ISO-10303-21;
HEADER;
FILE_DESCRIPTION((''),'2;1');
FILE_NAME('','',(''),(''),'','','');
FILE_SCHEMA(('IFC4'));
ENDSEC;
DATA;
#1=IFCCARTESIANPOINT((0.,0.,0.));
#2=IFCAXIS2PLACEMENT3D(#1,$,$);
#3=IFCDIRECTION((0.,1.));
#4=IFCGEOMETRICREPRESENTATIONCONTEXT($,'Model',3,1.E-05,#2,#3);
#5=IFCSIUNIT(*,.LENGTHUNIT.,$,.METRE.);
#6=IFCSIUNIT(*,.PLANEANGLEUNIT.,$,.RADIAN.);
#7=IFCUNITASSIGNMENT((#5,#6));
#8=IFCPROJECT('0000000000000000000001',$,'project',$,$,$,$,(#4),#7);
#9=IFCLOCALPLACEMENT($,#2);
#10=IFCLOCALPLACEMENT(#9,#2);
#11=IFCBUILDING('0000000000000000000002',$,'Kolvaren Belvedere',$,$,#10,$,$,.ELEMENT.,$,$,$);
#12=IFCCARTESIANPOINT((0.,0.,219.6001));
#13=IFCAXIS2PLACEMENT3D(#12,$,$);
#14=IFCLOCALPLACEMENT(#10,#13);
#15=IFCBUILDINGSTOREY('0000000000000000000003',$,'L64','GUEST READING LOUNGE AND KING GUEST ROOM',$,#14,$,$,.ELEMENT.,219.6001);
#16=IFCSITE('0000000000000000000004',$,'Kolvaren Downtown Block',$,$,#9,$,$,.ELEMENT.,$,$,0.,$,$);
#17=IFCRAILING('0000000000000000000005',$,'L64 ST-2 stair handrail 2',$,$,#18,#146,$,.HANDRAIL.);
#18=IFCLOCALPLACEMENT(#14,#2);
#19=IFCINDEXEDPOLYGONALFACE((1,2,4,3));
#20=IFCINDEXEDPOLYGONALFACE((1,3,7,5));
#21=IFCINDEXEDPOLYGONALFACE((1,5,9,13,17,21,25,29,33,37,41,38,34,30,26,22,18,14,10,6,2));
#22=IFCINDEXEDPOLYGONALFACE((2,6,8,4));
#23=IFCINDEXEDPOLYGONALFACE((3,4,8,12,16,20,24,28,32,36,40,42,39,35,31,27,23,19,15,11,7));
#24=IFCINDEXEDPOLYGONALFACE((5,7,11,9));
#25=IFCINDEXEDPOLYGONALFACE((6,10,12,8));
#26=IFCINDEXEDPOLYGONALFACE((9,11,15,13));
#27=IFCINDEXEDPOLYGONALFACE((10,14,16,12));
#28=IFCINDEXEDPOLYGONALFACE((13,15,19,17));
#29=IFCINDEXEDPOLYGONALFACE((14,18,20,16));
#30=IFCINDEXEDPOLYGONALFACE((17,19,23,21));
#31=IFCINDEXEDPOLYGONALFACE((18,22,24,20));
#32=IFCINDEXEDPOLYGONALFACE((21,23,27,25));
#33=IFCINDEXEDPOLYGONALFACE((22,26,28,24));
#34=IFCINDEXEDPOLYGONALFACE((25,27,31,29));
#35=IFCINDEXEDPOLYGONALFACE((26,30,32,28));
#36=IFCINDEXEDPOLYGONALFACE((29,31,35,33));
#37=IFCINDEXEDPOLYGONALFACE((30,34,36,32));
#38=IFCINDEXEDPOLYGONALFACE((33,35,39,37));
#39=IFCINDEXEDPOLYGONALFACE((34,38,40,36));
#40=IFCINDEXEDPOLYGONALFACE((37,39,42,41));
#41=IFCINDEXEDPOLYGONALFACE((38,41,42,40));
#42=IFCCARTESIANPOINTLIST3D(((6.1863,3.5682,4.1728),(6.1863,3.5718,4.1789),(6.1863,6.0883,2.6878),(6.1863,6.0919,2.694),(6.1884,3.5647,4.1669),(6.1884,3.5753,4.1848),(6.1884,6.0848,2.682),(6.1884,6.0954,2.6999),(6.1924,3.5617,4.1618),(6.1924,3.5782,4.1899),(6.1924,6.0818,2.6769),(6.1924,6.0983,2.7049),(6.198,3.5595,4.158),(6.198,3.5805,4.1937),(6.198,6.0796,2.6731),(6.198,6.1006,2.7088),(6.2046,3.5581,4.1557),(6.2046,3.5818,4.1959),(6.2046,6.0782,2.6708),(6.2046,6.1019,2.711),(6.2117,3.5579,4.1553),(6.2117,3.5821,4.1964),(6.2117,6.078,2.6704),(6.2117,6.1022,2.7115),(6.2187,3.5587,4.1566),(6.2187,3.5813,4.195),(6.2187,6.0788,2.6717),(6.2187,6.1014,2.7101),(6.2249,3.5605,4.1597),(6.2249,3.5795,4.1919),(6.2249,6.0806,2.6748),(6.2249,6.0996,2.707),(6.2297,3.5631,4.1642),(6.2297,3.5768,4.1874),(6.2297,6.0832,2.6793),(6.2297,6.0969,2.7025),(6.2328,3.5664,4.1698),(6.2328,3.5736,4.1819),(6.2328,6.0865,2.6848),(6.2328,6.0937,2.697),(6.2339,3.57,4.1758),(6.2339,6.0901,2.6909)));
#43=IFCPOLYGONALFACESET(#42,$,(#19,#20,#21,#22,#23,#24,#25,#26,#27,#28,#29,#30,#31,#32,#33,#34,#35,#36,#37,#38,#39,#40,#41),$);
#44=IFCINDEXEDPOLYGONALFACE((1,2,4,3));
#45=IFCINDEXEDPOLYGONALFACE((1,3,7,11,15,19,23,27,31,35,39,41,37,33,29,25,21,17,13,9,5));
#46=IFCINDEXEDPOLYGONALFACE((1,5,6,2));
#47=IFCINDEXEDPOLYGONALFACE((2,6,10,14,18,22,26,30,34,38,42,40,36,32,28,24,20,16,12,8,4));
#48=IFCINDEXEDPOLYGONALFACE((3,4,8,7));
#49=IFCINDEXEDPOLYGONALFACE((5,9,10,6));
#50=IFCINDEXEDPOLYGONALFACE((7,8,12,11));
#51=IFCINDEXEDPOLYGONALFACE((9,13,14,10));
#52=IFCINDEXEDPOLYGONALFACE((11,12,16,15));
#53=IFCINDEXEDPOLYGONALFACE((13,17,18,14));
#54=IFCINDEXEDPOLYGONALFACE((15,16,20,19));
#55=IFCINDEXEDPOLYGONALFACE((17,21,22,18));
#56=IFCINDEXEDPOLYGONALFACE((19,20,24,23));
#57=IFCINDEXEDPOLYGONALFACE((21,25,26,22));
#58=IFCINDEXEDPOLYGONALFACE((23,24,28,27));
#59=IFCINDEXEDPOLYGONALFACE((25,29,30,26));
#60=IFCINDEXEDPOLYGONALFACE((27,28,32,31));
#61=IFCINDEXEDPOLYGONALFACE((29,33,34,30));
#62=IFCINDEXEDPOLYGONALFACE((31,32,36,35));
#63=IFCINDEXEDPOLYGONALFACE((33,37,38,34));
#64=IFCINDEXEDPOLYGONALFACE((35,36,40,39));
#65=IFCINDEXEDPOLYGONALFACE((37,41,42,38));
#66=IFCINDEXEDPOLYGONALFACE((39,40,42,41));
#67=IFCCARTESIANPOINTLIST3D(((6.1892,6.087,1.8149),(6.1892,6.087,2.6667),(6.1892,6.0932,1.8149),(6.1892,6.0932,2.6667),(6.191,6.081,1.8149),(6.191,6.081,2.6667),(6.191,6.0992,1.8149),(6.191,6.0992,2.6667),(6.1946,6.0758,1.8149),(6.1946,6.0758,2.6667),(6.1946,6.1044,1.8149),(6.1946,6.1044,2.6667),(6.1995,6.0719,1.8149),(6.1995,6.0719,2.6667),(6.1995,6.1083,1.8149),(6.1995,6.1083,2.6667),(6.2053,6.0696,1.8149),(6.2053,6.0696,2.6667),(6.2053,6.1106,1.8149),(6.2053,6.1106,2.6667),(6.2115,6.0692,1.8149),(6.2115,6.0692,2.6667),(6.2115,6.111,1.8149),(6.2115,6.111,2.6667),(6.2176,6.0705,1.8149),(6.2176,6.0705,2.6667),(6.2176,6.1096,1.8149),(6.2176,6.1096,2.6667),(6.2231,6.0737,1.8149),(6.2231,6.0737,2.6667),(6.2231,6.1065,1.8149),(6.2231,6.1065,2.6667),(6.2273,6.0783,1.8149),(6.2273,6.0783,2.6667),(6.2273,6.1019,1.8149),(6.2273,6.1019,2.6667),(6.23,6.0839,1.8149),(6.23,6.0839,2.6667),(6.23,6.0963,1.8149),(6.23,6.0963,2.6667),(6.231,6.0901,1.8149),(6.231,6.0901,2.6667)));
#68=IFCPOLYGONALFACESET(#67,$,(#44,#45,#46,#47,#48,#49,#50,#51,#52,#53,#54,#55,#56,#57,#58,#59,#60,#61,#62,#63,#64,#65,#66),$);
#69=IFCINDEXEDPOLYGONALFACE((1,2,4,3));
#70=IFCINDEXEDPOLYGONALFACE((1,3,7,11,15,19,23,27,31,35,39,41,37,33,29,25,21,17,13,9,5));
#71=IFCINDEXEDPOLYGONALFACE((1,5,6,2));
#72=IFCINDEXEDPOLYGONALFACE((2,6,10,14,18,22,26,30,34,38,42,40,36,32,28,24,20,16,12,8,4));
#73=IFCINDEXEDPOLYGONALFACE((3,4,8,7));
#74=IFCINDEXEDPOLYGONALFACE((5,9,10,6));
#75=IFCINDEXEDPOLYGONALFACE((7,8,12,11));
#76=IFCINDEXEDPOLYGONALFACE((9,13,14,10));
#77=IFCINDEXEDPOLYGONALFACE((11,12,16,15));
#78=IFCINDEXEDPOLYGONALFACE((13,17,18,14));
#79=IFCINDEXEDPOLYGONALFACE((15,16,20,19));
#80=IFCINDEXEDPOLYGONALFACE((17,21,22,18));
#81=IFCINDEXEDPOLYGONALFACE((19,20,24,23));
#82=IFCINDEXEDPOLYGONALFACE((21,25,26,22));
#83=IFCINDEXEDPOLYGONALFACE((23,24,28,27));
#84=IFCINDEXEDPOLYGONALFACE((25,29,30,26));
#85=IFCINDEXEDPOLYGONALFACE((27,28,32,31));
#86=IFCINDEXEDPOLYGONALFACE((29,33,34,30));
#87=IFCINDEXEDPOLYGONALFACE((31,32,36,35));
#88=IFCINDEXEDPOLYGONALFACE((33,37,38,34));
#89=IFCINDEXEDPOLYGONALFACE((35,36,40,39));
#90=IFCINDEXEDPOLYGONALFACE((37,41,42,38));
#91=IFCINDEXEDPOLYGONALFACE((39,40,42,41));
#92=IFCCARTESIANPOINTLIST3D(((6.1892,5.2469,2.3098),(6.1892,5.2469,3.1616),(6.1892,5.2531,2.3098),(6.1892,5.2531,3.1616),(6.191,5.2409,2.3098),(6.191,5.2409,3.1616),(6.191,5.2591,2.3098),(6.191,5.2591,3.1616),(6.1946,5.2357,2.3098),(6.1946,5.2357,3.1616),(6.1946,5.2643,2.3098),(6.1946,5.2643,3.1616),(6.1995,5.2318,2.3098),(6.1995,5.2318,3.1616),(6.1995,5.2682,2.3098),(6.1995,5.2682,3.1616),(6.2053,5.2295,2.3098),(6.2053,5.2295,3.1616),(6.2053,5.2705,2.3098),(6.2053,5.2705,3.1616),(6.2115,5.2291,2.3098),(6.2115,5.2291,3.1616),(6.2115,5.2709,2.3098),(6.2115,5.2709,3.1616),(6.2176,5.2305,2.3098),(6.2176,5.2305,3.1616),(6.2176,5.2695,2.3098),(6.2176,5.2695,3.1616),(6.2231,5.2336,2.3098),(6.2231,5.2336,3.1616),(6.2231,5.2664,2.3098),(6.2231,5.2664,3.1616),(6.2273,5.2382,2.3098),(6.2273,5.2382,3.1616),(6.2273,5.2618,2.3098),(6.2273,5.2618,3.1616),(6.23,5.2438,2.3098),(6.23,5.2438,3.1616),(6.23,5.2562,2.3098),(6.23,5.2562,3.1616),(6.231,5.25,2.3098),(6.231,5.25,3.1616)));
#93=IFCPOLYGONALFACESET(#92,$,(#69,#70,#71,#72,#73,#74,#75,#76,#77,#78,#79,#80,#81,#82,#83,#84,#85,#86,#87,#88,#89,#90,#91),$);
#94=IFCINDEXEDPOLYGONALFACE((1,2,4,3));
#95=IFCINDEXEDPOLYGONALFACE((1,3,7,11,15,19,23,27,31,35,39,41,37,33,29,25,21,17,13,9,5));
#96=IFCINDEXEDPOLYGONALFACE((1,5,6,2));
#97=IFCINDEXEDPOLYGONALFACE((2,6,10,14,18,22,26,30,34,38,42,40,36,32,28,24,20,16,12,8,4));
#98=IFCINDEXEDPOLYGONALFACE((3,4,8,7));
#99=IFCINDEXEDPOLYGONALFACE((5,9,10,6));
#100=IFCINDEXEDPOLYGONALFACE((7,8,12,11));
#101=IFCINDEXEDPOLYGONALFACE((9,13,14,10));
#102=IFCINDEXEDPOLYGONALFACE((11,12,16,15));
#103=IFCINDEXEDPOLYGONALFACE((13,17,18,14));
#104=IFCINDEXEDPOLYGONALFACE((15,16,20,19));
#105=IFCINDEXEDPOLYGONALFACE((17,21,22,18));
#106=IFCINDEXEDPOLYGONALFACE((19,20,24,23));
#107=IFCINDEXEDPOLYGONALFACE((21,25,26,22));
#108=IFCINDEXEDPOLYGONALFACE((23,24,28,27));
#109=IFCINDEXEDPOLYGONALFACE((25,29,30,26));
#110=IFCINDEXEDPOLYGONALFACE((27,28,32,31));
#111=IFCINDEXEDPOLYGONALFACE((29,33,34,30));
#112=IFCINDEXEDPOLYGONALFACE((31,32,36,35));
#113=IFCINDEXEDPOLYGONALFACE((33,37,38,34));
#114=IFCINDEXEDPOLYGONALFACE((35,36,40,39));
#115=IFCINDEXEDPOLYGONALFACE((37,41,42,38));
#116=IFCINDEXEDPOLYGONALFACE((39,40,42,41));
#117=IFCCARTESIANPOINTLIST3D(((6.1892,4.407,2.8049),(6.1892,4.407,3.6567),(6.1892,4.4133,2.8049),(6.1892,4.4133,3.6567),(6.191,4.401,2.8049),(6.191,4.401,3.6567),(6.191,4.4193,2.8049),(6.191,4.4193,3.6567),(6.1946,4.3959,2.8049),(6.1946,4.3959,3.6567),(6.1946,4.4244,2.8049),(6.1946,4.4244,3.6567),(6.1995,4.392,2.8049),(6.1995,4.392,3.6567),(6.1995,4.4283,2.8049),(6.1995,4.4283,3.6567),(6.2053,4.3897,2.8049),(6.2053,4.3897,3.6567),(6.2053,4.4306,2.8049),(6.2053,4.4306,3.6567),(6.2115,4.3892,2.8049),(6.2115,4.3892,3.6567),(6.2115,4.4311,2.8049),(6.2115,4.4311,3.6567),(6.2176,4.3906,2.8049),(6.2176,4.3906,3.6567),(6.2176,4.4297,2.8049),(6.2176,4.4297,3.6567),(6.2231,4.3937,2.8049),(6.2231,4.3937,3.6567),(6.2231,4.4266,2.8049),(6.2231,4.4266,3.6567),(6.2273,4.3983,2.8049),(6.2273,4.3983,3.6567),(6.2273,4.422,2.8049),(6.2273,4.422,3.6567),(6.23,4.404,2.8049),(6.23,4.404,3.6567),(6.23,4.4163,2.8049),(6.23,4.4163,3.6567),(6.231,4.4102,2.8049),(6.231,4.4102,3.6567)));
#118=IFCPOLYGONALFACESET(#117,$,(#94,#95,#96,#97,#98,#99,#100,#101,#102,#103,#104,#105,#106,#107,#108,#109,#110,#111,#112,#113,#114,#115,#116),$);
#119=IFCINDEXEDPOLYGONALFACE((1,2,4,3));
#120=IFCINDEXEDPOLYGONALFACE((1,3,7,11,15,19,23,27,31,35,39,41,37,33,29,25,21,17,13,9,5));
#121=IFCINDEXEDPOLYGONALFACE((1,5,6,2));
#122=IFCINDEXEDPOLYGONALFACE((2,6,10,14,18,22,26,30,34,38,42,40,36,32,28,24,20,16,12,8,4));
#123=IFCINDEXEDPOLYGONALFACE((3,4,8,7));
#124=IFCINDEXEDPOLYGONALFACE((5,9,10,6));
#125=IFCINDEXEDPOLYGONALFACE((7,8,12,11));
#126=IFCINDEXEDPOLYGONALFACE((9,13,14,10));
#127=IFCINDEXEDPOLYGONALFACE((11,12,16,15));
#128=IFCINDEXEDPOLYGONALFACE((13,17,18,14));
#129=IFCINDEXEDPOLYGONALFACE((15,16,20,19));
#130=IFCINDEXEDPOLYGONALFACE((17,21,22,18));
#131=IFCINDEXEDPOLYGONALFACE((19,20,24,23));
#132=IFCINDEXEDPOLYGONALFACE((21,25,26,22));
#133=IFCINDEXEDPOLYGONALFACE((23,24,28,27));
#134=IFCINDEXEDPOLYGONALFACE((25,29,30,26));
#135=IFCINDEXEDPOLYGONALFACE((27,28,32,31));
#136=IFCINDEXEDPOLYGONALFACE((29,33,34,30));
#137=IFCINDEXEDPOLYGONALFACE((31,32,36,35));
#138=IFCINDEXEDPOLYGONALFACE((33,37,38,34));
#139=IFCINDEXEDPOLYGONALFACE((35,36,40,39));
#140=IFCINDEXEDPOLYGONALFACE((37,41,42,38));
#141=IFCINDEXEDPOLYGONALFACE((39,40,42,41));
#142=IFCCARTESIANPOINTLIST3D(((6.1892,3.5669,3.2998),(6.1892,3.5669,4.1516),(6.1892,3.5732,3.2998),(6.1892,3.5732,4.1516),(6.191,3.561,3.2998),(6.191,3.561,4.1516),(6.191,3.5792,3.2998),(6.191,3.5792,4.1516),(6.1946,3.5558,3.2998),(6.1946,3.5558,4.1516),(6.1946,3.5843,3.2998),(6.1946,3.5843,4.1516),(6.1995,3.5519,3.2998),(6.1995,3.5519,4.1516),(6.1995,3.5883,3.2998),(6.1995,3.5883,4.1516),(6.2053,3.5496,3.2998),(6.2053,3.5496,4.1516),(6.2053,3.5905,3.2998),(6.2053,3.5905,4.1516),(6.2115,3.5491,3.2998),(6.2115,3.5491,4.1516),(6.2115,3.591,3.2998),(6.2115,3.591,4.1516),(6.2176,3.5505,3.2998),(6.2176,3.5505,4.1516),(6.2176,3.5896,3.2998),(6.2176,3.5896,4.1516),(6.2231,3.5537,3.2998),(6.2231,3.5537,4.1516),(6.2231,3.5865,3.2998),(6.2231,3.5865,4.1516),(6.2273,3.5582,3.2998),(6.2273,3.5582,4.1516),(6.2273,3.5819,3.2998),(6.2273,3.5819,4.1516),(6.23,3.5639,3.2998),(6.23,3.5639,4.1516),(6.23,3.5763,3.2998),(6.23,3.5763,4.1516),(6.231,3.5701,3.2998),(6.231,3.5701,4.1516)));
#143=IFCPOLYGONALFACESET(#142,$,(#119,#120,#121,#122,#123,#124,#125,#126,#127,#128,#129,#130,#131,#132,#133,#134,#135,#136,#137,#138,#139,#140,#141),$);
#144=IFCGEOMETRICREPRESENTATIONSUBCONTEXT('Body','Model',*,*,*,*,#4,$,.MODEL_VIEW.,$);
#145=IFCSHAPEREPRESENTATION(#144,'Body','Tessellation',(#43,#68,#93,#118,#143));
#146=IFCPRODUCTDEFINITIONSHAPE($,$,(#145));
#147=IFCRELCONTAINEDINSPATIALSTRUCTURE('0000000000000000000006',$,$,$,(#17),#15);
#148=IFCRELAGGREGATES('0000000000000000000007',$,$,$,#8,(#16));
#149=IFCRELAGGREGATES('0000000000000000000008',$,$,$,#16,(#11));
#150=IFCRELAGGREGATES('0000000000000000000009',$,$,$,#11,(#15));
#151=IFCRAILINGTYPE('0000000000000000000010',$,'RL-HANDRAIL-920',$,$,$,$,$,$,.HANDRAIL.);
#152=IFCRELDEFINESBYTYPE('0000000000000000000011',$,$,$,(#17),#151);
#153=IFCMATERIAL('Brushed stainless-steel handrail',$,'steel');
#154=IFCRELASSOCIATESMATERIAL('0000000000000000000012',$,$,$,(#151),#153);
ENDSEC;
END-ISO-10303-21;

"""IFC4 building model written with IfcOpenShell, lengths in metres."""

from ifc_helpers import new_model, si_unit, direction, frame, origin, origin_2d, place, context, subcontext, project, spatial, circle, extrude, material, type_object, element, save


model = new_model("IFC4")

# Units and contexts
model_context = context("Model", 3, precision=1e-05, world=origin(), true_north=direction((0.0, 1.0)))
body_context = subcontext(model_context, "Body", "Model", "MODEL_VIEW")
ifc_project = project(units=[si_unit("LENGTHUNIT", "METRE"), si_unit("PLANEANGLEUNIT", "RADIAN")], contexts=[model_context])

# Site, building, storey
site_placement = place(None, origin())
site = spatial("IfcSite", under=ifc_project, at=site_placement, Name="Kolvaren Downtown Block", CompositionType="ELEMENT", RefElevation=0.0)
building_placement = place(site_placement, origin())
building = spatial("IfcBuilding", under=site, at=building_placement, Name="Kolvaren Belvedere", CompositionType="ELEMENT")
storey_placement = place(building_placement, frame((0.0, 0.0, 219.6001)))
storey = spatial("IfcBuildingStorey", under=building, at=storey_placement, Name="L64", Description="GUEST READING LOUNGE AND KING GUEST ROOM", CompositionType="ELEMENT", Elevation=219.6001)

# Railing
ifc_material_1 = material(Name="Brushed stainless-steel handrail", Category="steel")
railing_type_1 = type_object("IfcRailingType", Name="RL-HANDRAIL-920", PredefinedType="HANDRAIL", material=ifc_material_1)
railing_1_placement = place(storey_placement, frame((6.21, 6.0901, 1.8149)))
element("IfcRailing", 1, at=railing_1_placement, inside=storey, type_object=railing_type_1, Name="L64 ST-2 stair handrail 2", PredefinedType="HANDRAIL", context=body_context, shape_type="SweptSolid", body=[
    extrude(circle(Radius=0.0239, at=origin_2d()), frame((0.0, 0.0, 0.876), z_axis=(0.0, -0.861561, 0.507655), x_axis=(1.0, 0.0, 0.0)), (0.0, 0.0, 1.0), 2.925),
    extrude(circle(Radius=0.021, at=origin_2d()), origin(), (0.0, 0.0, 1.0), 0.8518),
    extrude(circle(Radius=0.021, at=origin_2d()), frame((0.0, -0.8401, 0.4949)), (0.0, 0.0, 1.0), 0.8518),
    extrude(circle(Radius=0.021, at=origin_2d()), frame((0.0, -1.6799, 0.99)), (0.0, 0.0, 1.0), 0.8518),
    extrude(circle(Radius=0.021, at=origin_2d()), frame((0.0, -2.52, 1.4849)), (0.0, 0.0, 1.0), 0.8518),
])

save(model, "model.ifc")
